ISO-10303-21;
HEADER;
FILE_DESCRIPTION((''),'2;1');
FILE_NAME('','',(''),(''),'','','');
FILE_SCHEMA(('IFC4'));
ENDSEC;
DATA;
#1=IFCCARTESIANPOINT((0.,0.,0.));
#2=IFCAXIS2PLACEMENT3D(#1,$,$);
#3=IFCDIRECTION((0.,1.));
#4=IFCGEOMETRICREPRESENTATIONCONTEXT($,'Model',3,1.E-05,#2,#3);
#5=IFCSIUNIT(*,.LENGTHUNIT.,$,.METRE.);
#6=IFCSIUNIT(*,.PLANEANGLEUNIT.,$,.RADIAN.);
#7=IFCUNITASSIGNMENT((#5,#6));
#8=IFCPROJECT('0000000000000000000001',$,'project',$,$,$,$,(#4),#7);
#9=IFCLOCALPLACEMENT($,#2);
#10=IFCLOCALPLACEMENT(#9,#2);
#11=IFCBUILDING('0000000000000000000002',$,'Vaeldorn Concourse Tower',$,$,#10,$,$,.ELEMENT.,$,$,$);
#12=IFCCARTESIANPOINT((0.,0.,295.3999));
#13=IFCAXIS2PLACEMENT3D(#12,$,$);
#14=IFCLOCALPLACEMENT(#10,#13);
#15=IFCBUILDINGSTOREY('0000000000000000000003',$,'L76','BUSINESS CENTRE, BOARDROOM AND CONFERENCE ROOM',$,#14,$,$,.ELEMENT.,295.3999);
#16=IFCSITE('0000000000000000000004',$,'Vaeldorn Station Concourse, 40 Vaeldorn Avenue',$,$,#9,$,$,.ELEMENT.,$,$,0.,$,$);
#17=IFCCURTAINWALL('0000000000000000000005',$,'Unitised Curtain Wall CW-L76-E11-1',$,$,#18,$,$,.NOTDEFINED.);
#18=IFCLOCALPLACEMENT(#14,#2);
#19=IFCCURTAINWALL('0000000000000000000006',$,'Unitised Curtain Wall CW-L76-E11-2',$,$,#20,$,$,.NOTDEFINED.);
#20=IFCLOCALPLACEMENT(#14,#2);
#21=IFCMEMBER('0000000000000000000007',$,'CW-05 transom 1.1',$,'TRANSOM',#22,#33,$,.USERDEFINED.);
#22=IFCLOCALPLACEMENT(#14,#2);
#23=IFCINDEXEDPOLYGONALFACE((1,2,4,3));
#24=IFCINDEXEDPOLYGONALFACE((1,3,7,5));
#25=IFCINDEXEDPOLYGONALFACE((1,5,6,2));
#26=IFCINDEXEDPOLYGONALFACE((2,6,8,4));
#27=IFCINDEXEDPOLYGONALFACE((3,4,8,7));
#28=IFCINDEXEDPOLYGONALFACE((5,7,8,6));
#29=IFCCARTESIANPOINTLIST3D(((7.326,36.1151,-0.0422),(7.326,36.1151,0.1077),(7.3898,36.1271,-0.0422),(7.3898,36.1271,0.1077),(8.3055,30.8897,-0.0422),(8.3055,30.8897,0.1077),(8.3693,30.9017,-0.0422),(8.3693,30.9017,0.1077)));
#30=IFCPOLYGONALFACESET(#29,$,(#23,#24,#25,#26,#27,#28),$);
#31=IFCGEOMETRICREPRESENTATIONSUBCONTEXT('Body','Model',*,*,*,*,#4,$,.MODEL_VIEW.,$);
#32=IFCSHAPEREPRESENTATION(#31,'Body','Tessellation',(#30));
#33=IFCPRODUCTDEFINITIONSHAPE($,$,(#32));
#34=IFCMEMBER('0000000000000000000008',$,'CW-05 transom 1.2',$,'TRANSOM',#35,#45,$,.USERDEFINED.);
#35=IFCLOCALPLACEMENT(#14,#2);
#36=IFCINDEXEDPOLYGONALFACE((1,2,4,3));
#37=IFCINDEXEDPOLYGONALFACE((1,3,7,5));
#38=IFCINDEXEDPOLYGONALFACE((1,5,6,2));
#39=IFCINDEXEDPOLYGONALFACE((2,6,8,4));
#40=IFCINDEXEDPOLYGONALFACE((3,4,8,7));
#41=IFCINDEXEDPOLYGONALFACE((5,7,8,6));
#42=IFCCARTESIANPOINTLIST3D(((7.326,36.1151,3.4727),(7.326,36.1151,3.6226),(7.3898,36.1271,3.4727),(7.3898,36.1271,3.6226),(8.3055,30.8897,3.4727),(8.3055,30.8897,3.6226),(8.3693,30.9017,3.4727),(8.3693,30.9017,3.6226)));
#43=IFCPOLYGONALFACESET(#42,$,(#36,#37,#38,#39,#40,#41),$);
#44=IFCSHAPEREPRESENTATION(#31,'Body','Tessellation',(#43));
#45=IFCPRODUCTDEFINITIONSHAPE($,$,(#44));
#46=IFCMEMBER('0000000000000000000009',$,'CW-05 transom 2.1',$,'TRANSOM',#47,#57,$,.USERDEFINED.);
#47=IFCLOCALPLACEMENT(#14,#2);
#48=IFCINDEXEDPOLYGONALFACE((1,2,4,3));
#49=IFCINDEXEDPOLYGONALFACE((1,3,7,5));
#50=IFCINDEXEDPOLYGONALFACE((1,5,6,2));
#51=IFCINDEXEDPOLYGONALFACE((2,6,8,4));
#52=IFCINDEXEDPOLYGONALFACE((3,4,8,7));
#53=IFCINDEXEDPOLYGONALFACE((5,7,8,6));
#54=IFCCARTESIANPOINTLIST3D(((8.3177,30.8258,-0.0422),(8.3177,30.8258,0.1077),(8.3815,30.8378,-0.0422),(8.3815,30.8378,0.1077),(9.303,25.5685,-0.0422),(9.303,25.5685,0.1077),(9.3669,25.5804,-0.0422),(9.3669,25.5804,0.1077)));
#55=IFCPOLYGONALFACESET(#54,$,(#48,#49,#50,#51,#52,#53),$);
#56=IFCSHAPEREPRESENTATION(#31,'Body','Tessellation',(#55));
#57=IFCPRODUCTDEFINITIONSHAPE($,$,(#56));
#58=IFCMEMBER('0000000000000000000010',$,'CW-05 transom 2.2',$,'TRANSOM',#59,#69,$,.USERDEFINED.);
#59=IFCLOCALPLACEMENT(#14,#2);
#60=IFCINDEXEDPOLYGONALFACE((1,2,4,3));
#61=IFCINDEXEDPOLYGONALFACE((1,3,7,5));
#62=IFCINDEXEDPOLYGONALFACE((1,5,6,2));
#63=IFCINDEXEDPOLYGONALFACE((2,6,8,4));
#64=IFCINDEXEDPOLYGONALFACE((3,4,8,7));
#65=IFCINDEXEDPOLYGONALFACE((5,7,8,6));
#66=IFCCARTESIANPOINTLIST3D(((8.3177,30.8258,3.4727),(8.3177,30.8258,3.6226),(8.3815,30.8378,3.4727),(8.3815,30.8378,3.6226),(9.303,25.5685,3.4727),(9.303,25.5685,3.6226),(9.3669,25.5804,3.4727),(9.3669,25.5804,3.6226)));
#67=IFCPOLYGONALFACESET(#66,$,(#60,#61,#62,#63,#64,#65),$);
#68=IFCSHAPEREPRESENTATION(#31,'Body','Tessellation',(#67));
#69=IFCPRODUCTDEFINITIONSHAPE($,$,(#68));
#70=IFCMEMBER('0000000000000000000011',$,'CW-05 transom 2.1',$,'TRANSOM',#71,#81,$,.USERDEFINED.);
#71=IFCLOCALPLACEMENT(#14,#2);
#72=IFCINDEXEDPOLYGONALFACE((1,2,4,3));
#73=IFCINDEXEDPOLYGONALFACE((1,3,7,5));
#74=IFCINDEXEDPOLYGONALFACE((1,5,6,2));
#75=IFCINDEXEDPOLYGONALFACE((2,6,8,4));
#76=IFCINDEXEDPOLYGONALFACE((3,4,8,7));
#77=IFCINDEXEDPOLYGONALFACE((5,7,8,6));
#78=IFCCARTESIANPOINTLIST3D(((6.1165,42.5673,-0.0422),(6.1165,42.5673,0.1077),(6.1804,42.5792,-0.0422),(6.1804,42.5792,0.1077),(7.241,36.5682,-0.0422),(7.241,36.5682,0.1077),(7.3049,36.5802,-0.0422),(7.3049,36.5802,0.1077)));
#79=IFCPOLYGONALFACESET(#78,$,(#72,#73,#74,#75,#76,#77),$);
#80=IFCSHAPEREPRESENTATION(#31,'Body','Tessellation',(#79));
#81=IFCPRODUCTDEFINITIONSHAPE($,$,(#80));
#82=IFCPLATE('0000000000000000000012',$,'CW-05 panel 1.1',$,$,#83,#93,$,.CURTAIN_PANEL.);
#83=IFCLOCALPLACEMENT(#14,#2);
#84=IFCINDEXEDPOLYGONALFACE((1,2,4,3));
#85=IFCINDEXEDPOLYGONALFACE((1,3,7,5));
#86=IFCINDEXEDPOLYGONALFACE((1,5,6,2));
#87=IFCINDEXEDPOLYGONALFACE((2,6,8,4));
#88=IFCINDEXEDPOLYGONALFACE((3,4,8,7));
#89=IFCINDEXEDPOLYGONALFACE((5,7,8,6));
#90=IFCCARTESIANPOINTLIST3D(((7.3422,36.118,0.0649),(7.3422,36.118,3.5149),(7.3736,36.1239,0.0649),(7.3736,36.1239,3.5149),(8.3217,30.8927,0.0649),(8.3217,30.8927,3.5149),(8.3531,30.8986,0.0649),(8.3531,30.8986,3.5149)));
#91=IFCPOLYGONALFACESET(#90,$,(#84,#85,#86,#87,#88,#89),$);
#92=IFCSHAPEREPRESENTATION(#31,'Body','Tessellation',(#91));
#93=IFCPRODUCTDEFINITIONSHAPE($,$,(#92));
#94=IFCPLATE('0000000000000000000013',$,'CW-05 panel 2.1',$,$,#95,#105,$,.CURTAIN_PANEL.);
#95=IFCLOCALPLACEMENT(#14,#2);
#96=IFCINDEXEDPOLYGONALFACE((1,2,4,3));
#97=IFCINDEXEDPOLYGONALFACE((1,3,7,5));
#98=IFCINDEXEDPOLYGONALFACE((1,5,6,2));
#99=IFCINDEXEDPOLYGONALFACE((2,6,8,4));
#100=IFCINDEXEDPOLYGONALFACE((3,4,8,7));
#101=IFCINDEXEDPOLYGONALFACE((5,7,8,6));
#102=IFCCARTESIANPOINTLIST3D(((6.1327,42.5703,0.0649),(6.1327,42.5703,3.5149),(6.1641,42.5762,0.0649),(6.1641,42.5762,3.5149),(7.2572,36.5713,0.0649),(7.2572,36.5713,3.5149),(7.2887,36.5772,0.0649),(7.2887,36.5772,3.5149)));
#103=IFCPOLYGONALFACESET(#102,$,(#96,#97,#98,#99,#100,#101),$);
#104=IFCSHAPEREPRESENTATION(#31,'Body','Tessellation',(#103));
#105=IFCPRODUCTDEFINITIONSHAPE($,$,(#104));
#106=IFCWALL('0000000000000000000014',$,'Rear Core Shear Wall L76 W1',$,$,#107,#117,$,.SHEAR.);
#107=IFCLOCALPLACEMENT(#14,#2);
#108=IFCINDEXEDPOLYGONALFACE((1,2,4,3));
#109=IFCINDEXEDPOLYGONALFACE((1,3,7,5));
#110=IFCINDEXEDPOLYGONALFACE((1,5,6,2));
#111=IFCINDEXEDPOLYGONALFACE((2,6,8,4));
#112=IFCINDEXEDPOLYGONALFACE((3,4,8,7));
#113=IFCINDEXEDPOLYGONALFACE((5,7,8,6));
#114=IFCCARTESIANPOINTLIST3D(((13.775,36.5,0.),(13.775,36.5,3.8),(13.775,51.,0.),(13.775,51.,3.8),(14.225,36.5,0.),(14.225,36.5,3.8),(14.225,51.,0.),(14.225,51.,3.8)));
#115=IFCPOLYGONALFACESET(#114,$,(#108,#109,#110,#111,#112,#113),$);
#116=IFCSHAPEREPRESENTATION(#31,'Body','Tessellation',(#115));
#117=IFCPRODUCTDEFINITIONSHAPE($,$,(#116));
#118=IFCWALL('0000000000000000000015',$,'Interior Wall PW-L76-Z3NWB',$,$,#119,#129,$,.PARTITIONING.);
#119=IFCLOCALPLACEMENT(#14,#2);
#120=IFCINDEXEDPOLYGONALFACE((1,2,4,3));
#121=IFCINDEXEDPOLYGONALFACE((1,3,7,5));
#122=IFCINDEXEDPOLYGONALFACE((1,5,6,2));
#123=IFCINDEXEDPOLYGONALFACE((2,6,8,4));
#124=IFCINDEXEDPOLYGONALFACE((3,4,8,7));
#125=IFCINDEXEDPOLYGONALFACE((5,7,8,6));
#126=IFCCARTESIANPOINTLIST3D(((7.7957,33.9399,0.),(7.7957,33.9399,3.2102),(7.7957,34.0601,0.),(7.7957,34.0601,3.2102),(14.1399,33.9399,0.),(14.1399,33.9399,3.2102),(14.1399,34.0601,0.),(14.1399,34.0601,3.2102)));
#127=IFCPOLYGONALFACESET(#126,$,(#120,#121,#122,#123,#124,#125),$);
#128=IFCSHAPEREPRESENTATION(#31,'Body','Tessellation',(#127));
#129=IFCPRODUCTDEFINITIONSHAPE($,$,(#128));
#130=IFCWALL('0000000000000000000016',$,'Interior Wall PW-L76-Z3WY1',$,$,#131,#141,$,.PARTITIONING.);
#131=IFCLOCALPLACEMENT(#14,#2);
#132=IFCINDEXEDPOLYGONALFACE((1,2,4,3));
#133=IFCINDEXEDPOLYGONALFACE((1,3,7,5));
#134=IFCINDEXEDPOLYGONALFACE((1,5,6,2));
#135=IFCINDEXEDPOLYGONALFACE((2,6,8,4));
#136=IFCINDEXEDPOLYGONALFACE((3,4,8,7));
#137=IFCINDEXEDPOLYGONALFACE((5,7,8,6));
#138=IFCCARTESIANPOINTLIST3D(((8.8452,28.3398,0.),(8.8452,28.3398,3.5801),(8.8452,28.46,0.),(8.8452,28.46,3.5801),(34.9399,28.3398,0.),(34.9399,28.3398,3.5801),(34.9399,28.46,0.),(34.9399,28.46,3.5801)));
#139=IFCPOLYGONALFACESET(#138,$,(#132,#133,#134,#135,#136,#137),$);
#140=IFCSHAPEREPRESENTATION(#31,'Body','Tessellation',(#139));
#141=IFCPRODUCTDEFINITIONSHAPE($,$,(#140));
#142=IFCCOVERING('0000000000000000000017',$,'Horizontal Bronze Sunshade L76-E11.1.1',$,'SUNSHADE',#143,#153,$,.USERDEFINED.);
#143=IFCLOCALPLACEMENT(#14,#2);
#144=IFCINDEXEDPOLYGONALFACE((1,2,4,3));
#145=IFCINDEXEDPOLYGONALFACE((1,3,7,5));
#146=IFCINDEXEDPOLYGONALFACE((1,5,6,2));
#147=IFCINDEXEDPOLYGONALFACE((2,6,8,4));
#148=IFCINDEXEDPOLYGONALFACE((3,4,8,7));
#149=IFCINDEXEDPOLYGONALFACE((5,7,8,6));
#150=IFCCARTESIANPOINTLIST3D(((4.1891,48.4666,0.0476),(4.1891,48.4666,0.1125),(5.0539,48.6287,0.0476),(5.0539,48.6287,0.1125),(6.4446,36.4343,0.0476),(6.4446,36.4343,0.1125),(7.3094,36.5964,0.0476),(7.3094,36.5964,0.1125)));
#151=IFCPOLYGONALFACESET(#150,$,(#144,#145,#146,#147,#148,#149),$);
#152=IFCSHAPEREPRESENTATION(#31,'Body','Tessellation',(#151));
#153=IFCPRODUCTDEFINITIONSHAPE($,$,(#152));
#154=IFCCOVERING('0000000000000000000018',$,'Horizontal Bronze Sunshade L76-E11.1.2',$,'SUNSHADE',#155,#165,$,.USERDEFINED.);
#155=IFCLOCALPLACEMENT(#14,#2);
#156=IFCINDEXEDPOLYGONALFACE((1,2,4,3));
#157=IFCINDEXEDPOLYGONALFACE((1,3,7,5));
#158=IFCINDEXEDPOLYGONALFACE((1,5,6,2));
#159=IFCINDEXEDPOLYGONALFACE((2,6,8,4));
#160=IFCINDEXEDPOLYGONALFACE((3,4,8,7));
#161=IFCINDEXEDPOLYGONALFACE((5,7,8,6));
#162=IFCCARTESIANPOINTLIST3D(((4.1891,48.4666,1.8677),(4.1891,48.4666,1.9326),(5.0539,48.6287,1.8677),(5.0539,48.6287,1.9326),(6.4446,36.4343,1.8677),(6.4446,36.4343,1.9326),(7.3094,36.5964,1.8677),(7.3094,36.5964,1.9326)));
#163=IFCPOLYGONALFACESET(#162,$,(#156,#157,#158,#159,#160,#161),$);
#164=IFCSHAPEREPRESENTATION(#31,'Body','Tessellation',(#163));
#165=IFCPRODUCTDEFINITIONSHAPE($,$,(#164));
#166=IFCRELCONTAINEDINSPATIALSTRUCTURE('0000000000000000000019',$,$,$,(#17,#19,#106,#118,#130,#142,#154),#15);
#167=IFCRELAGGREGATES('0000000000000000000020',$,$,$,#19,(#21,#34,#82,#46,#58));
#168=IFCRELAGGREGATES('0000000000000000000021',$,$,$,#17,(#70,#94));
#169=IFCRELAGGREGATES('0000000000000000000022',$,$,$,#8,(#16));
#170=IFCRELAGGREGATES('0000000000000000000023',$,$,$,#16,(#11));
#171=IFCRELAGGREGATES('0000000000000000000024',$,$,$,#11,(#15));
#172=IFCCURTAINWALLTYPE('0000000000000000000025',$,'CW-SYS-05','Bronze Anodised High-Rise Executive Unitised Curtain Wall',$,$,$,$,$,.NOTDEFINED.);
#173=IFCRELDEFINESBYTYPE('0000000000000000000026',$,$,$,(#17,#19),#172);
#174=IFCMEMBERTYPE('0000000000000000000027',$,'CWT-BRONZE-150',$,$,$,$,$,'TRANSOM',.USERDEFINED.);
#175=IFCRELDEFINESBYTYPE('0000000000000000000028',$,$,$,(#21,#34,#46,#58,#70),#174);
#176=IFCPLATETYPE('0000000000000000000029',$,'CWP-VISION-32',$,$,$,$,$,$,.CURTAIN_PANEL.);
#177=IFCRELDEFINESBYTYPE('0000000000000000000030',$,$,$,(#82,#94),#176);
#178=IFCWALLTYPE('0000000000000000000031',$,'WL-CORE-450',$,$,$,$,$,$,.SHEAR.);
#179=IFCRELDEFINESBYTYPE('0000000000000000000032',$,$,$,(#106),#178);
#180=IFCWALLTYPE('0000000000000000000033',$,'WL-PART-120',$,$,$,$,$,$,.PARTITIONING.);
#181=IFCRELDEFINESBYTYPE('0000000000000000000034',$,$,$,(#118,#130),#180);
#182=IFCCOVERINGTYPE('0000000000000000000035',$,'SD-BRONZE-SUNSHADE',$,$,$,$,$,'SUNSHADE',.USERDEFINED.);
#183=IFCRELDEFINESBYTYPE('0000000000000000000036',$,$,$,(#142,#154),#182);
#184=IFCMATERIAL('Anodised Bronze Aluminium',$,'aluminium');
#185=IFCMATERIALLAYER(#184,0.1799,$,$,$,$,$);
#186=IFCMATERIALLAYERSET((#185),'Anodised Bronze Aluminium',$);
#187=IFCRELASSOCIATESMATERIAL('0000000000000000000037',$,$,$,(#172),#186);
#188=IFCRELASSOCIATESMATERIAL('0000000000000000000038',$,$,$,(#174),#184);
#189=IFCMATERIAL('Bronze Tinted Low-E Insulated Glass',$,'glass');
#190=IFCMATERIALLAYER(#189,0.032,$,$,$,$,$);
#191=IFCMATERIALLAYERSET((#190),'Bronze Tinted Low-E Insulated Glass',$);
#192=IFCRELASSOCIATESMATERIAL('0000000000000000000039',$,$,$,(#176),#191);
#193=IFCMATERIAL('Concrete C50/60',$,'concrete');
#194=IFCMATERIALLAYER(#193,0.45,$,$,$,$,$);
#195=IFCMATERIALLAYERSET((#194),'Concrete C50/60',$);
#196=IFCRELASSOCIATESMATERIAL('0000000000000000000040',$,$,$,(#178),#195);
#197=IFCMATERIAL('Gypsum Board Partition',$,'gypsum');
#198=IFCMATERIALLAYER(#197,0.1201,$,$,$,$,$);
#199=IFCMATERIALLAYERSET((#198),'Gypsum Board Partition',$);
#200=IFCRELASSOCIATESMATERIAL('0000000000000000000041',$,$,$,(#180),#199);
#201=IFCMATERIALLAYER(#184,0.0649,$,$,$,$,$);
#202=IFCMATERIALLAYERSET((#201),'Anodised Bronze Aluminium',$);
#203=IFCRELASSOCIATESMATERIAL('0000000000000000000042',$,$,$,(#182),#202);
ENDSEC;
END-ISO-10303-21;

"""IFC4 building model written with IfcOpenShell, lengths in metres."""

from ifc_helpers import new_model, si_unit, direction, frame, frame_2d, origin, origin_2d, place, context, subcontext, project, spatial, rectangle, extrude, source, transform, mapped, material, layer, layer_set, material_profile, profile_set, type_object, element, aggregate, save


model = new_model("IFC4")

# Units and contexts
model_context = context("Model", 3, precision=1e-05, world=origin(), true_north=direction((0.0, 1.0)))
body_context = subcontext(model_context, "Body", "Model", "MODEL_VIEW")
ifc_project = project(units=[si_unit("LENGTHUNIT", "METRE"), si_unit("PLANEANGLEUNIT", "RADIAN")], contexts=[model_context])

# Site, building, storey
site_placement = place(None, origin())
site = spatial("IfcSite", under=ifc_project, at=site_placement, Name="Vaeldorn Station Concourse, 40 Vaeldorn Avenue", CompositionType="ELEMENT", RefElevation=0.0)
building_placement = place(site_placement, origin())
building = spatial("IfcBuilding", under=site, at=building_placement, Name="Vaeldorn Concourse Tower", CompositionType="ELEMENT")
storey_placement = place(building_placement, frame((0.0, 0.0, 295.3999)))
storey = spatial("IfcBuildingStorey", under=building, at=storey_placement, Name="L76", Description="BUSINESS CENTRE, BOARDROOM AND CONFERENCE ROOM", CompositionType="ELEMENT", Elevation=295.3999)

# Shared definitions
ifc_material_1 = material(Name="Concrete C50/60", Category="concrete")

# Curtain wall
ifc_material_2 = material(Name="Anodised Bronze Aluminium", Category="aluminium")
ifc_layer_1 = layer(ifc_material_2, 0.1799)
ifc_layer_set_1 = layer_set([ifc_layer_1], Name="Anodised Bronze Aluminium")
curtain_wall_type = type_object("IfcCurtainWallType", Name="CW-SYS-05", Description="Bronze Anodised High-Rise Executive Unitised Curtain Wall", PredefinedType="NOTDEFINED", material=ifc_layer_set_1)
curtain_wall_1_placement = place(storey_placement, origin())
curtain_wall_1 = element("IfcCurtainWall", 1, at=curtain_wall_1_placement, inside=storey, type_object=curtain_wall_type, Name="Unitised Curtain Wall CW-L76-E11-1", PredefinedType="NOTDEFINED")

# Curtain wall, members
curtain_wall_2_placement = place(storey_placement, origin())
curtain_wall_2 = element("IfcCurtainWall", 2, at=curtain_wall_2_placement, inside=storey, type_object=curtain_wall_type, Name="Unitised Curtain Wall CW-L76-E11-2", PredefinedType="NOTDEFINED")
ifc_material_profile_1 = material_profile(ifc_material_2, rectangle(XDim=0.0649, YDim=0.1499, at=origin_2d()), Name="CWT 65x150")
ifc_profile_set_1 = profile_set([ifc_material_profile_1], Name="Anodised Bronze Aluminium")
member_type_1 = type_object("IfcMemberType", Name="CWT-BRONZE-150", ElementType="TRANSOM", PredefinedType="USERDEFINED", material=ifc_profile_set_1)
shared_shape_1 = source(origin(), body_context, "Body", "SweptSolid", [
    extrude(rectangle(XDim=0.0649, YDim=0.1499, at=origin_2d()), origin(), (0.0, 0.0, 1.0), 5.3164),
])
member_1_placement = place(storey_placement, frame((7.3579, 36.1211, 0.0327), z_axis=(0.184241, -0.982881, 0.0), x_axis=(0.982881, 0.184241, 0.0)))
member_1 = element("IfcMember", 3, at=member_1_placement, type_object=member_type_1, Name="CW-05 transom 1.1", ObjectType="TRANSOM", PredefinedType="USERDEFINED", context=body_context, shape_type="MappedRepresentation", body=[
    mapped(shared_shape_1, transform((0.0, 0.0, 0.0), scale=1.0)),
])
member_2_placement = place(storey_placement, frame((7.3579, 36.1211, 3.5476), z_axis=(0.184241, -0.982881, 0.0), x_axis=(0.982881, 0.184241, 0.0)))
member_2 = element("IfcMember", 4, at=member_2_placement, type_object=member_type_1, Name="CW-05 transom 1.2", ObjectType="TRANSOM", PredefinedType="USERDEFINED", context=body_context, shape_type="MappedRepresentation", body=[
    mapped(shared_shape_1, transform((0.0, 0.0, 0.0), scale=1.0)),
])
shared_shape_2 = source(origin(), body_context, "Body", "SweptSolid", [
    extrude(rectangle(XDim=0.0649, YDim=0.1499, at=origin_2d()), origin(), (0.0, 0.0, 1.0), 5.3489),
])
member_3_placement = place(storey_placement, frame((8.3496, 30.8318, 0.0327), z_axis=(0.184217, -0.982886, 0.0), x_axis=(0.982886, 0.184217, 0.0)))
member_3 = element("IfcMember", 5, at=member_3_placement, type_object=member_type_1, Name="CW-05 transom 2.1", ObjectType="TRANSOM", PredefinedType="USERDEFINED", context=body_context, shape_type="MappedRepresentation", body=[
    mapped(shared_shape_2, transform((0.0, 0.0, 0.0), scale=1.0)),
])
member_4_placement = place(storey_placement, frame((8.3496, 30.8318, 3.5476), z_axis=(0.184217, -0.982886, 0.0), x_axis=(0.982886, 0.184217, 0.0)))
member_4 = element("IfcMember", 6, at=member_4_placement, type_object=member_type_1, Name="CW-05 transom 2.2", ObjectType="TRANSOM", PredefinedType="USERDEFINED", context=body_context, shape_type="MappedRepresentation", body=[
    mapped(shared_shape_2, transform((0.0, 0.0, 0.0), scale=1.0)),
])

# Member
shared_shape_3 = source(origin(), body_context, "Body", "SweptSolid", [
    extrude(rectangle(XDim=0.0649, YDim=0.1499, at=origin_2d()), origin(), (0.0, 0.0, 1.0), 6.1035),
])
member_5_placement = place(storey_placement, frame((6.1484, 42.5732, 0.0327), z_axis=(0.18424, -0.982881, 0.0), x_axis=(0.982881, 0.18424, 0.0)))
member_5 = element("IfcMember", 7, at=member_5_placement, type_object=member_type_1, Name="CW-05 transom 2.1", ObjectType="TRANSOM", PredefinedType="USERDEFINED", context=body_context, shape_type="MappedRepresentation", body=[
    mapped(shared_shape_3, transform((0.0, 0.0, 0.0), scale=1.0)),
])

# Plates
ifc_material_3 = material(Name="Bronze Tinted Low-E Insulated Glass", Category="glass")
ifc_layer_2 = layer(ifc_material_3, 0.032)
ifc_layer_set_2 = layer_set([ifc_layer_2], Name="Bronze Tinted Low-E Insulated Glass")
plate_type = type_object("IfcPlateType", Name="CWP-VISION-32", PredefinedType="CURTAIN_PANEL", material=ifc_layer_set_2)
shared_shape_4 = source(origin(), body_context, "Body", "SweptSolid", [
    extrude(rectangle(XDim=5.3164, YDim=0.032, at=origin_2d()), origin(), (0.0, 0.0, 1.0), 3.45),
])
plate_1_placement = place(storey_placement, frame((7.8477, 33.5083, 0.0649), z_axis=(0.0, 0.0, 1.0), x_axis=(0.184247, -0.98288, 0.0)))
plate_1 = element("IfcPlate", 8, at=plate_1_placement, type_object=plate_type, Name="CW-05 panel 1.1", PredefinedType="CURTAIN_PANEL", context=body_context, shape_type="MappedRepresentation", body=[
    mapped(shared_shape_4, transform((0.0, 0.0, 0.0), scale=1.0)),
])
aggregate(curtain_wall_2, [member_1, member_2, plate_1, member_3, member_4])
shared_shape_5 = source(origin(), body_context, "Body", "SweptSolid", [
    extrude(rectangle(XDim=6.1035, YDim=0.032, at=origin_2d()), origin(), (0.0, 0.0, 1.0), 3.45),
])
plate_2_placement = place(storey_placement, frame((6.7107, 39.5737, 0.0649), z_axis=(0.0, 0.0, 1.0), x_axis=(0.184246, -0.98288, 0.0)))
plate_2 = element("IfcPlate", 9, at=plate_2_placement, type_object=plate_type, Name="CW-05 panel 2.1", PredefinedType="CURTAIN_PANEL", context=body_context, shape_type="MappedRepresentation", body=[
    mapped(shared_shape_5, transform((0.0, 0.0, 0.0), scale=1.0)),
])
aggregate(curtain_wall_1, [member_5, plate_2])

# Walls
ifc_layer_3 = layer(ifc_material_1, 0.45)
ifc_layer_set_3 = layer_set([ifc_layer_3], Name="Concrete C50/60")
wall_type_1 = type_object("IfcWallType", Name="WL-CORE-450", PredefinedType="SHEAR", material=ifc_layer_set_3)
wall_1_placement = place(storey_placement, frame((14.0, 36.5, 0.0), z_axis=(0.0, 0.0, 1.0), x_axis=(0.0, 1.0, 0.0)))
element("IfcWall", 10, at=wall_1_placement, inside=storey, type_object=wall_type_1, Name="Rear Core Shear Wall L76 W1", PredefinedType="SHEAR", context=body_context, shape_type="SweptSolid", body=[
    extrude(rectangle(XDim=14.5, YDim=0.45, at=frame_2d((7.25, 0.0))), origin(), (0.0, 0.0, 1.0), 3.8),
])
ifc_material_4 = material(Name="Gypsum Board Partition", Category="gypsum")
ifc_layer_4 = layer(ifc_material_4, 0.1201)
ifc_layer_set_4 = layer_set([ifc_layer_4], Name="Gypsum Board Partition")
wall_type_2 = type_object("IfcWallType", Name="WL-PART-120", PredefinedType="PARTITIONING", material=ifc_layer_set_4)
wall_2_placement = place(storey_placement, frame((7.7957, 34.0, 0.0), z_axis=(0.0, 0.0, 1.0), x_axis=(1.0, 0.0, 0.0)))
element("IfcWall", 11, at=wall_2_placement, inside=storey, type_object=wall_type_2, Name="Interior Wall PW-L76-Z3NWB", PredefinedType="PARTITIONING", context=body_context, shape_type="SweptSolid", body=[
    extrude(rectangle(XDim=6.3442, YDim=0.1201, at=frame_2d((3.1721, 0.0))), origin(), (0.0, 0.0, 1.0), 3.2102),
])
wall_3_placement = place(storey_placement, frame((8.8452, 28.3999, 0.0), z_axis=(0.0, 0.0, 1.0), x_axis=(1.0, 0.0, 0.0)))
element("IfcWall", 12, at=wall_3_placement, inside=storey, type_object=wall_type_2, Name="Interior Wall PW-L76-Z3WY1", PredefinedType="PARTITIONING", context=body_context, shape_type="SweptSolid", body=[
    extrude(rectangle(XDim=26.0947, YDim=0.1201, at=frame_2d((13.0474, 0.0))), origin(), (0.0, 0.0, 1.0), 3.5801),
])

# Coverings
ifc_layer_5 = layer(ifc_material_2, 0.0649)
ifc_layer_set_5 = layer_set([ifc_layer_5], Name="Anodised Bronze Aluminium")
covering_type = type_object("IfcCoveringType", Name="SD-BRONZE-SUNSHADE", ElementType="SUNSHADE", PredefinedType="USERDEFINED", material=ifc_layer_set_5)
shared_shape_6 = source(origin(), body_context, "Body", "SweptSolid", [
    extrude(rectangle(XDim=12.2419, YDim=0.8799, at=origin_2d()), origin(), (0.0, 0.0, 1.0), 0.0649),
])
for number, where, z_axis, x_axis, name in (
    (13, (5.7493, 42.5315, 0.0476), (0.0, 0.0, 1.0), (0.184243, -0.982881, 0.0), "Horizontal Bronze Sunshade L76-E11.1.1"),
    (14, (5.7493, 42.5315, 1.8677), (0.0, 0.0, 1.0), (0.184243, -0.982881, 0.0), "Horizontal Bronze Sunshade L76-E11.1.2"),
):
    element("IfcCovering", number, at=place(storey_placement, frame(where, z_axis=z_axis, x_axis=x_axis)), inside=storey, type_object=covering_type, Name=name, ObjectType="SUNSHADE", PredefinedType="USERDEFINED", context=body_context, shape_type="MappedRepresentation", body=[
        mapped(shared_shape_6, transform((0.0, 0.0, 0.0), scale=1.0)),
    ])

save(model, "model.ifc")
